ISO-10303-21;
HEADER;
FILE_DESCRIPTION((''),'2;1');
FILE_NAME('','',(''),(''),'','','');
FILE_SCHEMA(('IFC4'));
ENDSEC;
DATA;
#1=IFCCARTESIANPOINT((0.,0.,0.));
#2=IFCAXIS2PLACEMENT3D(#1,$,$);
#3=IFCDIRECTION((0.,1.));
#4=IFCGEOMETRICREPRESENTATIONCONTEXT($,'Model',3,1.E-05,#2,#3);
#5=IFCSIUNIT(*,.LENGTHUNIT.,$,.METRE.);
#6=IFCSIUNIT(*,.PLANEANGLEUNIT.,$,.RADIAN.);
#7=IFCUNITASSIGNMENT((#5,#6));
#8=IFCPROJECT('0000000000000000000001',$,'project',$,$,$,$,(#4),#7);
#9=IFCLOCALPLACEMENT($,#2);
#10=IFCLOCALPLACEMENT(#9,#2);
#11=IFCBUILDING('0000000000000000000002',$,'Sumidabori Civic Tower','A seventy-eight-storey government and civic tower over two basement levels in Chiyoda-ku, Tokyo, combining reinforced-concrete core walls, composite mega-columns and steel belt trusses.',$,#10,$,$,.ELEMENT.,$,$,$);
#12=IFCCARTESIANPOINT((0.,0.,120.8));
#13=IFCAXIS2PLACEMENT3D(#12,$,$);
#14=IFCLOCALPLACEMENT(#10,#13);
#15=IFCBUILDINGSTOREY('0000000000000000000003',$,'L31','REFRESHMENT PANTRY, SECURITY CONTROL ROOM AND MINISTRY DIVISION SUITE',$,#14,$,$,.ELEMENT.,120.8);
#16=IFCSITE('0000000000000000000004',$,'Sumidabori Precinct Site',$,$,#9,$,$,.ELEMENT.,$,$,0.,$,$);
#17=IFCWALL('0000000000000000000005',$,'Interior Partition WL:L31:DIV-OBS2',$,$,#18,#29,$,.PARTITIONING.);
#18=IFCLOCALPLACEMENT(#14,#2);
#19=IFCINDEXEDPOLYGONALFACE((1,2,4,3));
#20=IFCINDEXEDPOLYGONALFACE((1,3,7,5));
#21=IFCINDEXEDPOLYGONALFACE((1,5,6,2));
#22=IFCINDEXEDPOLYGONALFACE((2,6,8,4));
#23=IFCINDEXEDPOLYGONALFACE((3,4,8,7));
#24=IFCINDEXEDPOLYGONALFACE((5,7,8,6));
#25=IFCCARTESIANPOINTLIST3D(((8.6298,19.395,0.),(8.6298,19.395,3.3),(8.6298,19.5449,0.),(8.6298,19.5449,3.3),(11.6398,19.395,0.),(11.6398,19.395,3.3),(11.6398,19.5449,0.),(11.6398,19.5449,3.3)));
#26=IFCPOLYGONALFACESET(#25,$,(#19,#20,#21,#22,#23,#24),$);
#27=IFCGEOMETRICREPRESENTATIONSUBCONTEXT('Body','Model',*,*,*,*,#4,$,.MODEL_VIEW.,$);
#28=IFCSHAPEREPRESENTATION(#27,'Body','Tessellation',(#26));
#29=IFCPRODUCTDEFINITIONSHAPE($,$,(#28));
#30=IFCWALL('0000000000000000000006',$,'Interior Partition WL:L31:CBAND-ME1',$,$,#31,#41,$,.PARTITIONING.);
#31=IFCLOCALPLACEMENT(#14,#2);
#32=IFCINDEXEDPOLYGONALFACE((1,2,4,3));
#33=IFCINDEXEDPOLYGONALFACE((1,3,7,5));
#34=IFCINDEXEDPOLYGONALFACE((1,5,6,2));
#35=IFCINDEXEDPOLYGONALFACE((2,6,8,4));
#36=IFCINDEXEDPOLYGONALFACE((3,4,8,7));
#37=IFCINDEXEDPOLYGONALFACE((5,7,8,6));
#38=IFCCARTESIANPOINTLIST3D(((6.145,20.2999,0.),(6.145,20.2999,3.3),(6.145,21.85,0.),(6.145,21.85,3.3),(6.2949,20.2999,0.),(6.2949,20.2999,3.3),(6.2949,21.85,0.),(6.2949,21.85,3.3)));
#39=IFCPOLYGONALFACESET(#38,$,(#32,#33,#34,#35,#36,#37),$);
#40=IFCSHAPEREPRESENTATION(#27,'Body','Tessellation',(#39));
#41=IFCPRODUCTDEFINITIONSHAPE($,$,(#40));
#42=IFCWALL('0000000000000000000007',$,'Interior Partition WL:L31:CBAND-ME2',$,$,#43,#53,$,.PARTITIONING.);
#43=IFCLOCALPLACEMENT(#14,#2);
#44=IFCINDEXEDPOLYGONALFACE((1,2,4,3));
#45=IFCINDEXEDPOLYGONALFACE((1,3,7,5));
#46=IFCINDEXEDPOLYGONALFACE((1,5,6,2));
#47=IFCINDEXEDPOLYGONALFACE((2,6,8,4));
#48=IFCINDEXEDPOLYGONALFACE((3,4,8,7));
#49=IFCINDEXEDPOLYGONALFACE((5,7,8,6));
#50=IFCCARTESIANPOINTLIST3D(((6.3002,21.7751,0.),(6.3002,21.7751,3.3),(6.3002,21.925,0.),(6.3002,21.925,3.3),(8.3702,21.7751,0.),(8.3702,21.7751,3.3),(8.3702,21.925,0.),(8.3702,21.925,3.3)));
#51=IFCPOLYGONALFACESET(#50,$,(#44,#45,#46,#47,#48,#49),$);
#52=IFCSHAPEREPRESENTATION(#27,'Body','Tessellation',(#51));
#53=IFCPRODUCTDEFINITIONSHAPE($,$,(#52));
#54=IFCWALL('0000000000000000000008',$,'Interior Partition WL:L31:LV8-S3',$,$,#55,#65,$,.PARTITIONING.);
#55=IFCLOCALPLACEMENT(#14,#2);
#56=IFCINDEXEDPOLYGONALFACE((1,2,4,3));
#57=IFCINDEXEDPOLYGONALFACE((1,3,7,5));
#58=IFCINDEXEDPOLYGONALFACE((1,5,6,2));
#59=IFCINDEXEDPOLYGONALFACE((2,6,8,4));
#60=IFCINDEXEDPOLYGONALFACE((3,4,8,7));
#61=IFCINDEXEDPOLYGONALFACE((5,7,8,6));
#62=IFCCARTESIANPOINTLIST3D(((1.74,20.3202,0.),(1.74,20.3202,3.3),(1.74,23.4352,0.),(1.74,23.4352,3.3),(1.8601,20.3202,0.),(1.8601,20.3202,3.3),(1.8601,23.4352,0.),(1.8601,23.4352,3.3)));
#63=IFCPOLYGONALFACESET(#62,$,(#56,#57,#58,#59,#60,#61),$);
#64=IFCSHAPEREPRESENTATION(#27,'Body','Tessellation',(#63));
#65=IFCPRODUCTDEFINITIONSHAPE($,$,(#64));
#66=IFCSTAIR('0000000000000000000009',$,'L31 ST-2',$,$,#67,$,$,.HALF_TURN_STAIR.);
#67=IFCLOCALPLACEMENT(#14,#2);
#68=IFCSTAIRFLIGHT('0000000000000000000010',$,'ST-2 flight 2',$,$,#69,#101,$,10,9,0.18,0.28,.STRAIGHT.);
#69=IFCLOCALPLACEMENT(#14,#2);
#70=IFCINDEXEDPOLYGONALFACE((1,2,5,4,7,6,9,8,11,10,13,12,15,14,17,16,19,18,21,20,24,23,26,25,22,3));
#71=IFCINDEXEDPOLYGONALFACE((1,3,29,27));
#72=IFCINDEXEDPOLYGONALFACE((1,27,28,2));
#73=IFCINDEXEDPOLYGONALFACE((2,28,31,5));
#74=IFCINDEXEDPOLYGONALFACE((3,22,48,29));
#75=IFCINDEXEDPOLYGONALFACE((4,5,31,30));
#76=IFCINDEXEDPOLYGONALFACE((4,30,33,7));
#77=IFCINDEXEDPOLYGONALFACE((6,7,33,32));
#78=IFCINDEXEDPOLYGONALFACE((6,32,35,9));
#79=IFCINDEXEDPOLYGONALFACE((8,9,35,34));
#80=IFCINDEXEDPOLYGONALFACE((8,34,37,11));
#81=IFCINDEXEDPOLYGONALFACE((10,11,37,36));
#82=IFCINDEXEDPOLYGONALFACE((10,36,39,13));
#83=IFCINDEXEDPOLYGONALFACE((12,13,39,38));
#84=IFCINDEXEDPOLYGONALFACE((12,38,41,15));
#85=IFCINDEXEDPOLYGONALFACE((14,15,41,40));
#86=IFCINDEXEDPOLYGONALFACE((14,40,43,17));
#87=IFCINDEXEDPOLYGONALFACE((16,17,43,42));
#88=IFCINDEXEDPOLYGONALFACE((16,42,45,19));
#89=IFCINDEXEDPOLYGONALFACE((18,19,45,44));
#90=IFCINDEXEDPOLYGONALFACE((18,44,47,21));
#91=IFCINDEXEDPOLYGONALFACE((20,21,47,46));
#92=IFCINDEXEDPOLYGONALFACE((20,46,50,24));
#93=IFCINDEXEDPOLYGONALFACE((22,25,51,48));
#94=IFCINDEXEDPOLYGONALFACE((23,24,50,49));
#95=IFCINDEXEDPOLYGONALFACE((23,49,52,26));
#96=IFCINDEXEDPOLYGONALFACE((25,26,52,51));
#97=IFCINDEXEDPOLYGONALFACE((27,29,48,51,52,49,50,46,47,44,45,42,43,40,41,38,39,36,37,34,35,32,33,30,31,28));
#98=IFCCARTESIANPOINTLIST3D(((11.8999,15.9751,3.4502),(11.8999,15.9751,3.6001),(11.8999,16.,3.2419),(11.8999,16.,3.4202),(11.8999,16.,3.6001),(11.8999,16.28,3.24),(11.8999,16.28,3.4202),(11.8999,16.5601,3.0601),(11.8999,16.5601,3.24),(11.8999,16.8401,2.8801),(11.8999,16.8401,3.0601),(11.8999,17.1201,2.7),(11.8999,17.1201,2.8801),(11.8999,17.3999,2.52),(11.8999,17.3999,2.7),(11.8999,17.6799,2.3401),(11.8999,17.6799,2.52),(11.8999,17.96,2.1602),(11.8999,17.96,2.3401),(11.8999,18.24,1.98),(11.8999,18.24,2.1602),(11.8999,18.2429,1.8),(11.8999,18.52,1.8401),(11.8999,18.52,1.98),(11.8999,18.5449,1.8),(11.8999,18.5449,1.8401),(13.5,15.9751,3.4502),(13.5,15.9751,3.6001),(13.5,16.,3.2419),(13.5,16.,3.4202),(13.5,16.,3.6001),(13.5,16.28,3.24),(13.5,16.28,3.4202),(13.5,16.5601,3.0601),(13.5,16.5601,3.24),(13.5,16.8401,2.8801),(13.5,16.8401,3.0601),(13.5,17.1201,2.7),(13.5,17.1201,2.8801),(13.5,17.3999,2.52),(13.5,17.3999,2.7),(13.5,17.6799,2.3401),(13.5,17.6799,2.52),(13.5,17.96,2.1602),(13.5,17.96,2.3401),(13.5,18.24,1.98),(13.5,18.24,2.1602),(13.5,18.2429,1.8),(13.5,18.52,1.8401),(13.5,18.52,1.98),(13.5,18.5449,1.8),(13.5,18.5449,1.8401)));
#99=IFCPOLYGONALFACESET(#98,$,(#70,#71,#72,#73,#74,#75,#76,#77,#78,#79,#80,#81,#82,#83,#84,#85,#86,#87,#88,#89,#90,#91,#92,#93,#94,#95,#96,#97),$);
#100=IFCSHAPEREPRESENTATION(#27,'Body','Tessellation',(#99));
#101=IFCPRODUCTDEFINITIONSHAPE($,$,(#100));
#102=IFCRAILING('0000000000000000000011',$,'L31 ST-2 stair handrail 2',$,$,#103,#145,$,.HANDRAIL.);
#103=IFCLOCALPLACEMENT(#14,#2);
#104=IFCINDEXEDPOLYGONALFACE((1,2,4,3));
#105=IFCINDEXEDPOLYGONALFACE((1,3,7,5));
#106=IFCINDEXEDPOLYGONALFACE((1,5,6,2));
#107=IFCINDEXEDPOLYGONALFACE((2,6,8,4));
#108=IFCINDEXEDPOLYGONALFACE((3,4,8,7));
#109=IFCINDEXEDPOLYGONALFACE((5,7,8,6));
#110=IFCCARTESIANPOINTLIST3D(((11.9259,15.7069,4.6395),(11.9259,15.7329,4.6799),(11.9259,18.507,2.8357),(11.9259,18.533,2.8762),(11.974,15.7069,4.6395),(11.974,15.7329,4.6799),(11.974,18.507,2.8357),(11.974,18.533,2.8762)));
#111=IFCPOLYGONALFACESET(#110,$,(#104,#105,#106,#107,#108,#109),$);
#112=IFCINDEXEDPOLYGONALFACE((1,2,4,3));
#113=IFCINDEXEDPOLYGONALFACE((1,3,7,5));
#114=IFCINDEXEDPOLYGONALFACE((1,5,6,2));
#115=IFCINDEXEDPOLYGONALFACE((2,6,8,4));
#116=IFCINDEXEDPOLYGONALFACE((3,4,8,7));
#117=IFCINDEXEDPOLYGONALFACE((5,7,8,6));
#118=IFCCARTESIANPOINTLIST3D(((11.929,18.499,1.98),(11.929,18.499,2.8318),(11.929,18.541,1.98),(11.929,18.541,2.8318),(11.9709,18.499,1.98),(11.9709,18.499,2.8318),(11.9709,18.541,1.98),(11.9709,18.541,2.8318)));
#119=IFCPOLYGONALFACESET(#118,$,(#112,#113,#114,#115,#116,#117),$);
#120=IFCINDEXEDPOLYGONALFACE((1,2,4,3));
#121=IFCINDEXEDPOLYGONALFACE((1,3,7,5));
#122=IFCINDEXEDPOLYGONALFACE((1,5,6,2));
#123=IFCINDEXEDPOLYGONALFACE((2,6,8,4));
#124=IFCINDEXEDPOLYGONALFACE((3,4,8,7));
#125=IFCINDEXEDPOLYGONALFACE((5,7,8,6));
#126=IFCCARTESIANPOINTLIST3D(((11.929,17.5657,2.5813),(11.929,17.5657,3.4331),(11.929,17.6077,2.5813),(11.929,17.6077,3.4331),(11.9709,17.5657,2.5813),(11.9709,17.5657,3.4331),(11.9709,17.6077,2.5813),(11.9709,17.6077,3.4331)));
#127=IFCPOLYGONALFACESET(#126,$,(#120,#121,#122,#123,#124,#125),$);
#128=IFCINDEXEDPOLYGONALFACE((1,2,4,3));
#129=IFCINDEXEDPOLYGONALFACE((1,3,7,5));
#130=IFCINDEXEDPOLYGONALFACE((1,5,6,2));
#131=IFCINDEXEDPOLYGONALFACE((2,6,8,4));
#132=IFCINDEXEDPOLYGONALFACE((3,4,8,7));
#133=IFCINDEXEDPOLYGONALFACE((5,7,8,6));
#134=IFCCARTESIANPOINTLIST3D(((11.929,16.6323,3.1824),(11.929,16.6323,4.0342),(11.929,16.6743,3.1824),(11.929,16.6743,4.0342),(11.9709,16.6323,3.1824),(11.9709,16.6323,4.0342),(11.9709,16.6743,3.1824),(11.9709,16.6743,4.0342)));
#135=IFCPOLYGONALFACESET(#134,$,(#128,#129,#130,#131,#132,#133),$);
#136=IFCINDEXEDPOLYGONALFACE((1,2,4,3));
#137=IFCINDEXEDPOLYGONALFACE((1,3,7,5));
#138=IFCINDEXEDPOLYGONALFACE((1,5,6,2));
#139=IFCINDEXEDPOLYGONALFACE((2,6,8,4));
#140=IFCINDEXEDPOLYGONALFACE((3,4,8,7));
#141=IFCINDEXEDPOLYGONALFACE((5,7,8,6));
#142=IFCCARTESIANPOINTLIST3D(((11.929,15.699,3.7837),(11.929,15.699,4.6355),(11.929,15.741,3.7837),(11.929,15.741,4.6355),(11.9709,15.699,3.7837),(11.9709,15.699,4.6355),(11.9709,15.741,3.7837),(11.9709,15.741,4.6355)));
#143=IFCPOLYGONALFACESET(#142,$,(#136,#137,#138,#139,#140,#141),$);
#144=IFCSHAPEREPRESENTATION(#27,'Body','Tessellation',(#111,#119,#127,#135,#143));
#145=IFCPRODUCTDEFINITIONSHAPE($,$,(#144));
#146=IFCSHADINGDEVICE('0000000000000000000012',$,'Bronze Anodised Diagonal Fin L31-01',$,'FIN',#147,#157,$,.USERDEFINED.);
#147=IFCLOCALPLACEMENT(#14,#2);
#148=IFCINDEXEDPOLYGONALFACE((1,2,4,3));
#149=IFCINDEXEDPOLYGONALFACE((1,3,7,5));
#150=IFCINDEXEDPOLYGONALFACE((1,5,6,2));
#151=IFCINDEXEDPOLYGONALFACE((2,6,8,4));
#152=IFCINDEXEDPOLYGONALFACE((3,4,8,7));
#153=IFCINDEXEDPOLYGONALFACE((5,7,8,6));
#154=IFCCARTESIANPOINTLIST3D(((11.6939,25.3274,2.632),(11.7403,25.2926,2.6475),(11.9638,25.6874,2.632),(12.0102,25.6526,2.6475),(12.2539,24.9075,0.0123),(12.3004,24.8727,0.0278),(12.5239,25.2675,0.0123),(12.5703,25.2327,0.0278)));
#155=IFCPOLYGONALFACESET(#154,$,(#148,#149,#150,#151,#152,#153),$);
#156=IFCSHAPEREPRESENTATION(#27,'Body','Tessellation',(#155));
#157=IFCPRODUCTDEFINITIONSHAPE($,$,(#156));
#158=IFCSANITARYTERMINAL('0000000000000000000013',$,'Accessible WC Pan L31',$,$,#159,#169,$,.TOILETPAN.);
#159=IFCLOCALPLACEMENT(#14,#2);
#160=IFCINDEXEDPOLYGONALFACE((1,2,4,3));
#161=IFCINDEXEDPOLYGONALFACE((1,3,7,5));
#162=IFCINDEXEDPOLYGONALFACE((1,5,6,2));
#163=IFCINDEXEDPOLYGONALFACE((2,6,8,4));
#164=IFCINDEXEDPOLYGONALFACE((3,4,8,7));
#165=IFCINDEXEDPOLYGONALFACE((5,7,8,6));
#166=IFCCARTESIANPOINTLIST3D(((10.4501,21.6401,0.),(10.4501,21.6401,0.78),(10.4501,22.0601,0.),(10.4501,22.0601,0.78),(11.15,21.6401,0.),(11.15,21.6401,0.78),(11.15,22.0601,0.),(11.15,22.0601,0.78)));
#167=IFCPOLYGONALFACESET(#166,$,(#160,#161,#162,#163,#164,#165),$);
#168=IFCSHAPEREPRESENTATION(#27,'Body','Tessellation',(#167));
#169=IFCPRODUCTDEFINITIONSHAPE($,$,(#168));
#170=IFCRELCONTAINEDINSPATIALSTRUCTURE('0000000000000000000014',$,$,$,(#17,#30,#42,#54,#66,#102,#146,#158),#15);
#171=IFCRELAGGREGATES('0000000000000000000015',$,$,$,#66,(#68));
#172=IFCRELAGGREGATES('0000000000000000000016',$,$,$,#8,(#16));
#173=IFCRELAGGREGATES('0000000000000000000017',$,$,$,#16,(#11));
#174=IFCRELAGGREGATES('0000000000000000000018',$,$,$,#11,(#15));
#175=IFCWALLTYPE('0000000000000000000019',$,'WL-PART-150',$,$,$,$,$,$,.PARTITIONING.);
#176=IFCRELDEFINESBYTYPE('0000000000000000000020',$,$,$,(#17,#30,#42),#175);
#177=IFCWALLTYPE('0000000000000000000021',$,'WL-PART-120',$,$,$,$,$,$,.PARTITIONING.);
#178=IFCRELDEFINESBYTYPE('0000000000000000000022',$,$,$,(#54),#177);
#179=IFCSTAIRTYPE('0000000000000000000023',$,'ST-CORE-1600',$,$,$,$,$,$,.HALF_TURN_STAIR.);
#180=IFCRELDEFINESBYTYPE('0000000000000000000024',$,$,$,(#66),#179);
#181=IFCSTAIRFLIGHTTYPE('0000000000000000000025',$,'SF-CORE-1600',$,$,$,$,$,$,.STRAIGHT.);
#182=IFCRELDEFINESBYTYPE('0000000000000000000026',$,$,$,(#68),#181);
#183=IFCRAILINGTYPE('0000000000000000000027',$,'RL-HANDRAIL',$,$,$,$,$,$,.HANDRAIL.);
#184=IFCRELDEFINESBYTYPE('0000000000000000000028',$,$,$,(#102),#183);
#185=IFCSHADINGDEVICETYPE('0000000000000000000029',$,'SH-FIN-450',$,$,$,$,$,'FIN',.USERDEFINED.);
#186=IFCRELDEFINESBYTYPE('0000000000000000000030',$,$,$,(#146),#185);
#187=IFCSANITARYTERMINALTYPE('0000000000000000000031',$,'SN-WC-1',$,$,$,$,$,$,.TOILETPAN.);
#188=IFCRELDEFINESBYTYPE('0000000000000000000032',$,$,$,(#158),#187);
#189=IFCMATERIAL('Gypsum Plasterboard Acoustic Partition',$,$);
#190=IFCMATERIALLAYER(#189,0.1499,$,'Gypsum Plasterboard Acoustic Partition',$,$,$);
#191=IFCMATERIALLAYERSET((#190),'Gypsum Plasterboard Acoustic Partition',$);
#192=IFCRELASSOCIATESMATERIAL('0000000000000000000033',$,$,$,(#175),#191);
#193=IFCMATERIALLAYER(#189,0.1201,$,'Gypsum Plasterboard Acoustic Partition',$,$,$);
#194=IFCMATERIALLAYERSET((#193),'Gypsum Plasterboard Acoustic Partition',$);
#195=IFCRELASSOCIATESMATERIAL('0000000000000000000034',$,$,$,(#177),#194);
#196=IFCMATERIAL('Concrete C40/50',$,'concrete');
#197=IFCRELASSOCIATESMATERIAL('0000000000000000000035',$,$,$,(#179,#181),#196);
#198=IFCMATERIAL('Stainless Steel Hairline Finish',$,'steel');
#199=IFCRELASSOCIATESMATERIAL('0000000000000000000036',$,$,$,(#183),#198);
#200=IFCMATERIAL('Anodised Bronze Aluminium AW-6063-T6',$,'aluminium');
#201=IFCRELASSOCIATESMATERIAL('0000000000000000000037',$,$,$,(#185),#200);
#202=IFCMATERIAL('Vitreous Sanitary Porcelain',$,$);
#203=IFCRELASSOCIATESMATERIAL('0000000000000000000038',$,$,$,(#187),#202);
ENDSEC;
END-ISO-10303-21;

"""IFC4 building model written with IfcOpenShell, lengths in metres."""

from ifc_helpers import new_model, si_unit, direction, frame, frame_2d, origin, origin_2d, place, context, subcontext, project, spatial, polyline, rectangle, outline, extrude, source, transform, mapped, material, layer, layer_set, material_profile, profile_set, type_object, element, aggregate, save


model = new_model("IFC4")

# Units and contexts
model_context = context("Model", 3, precision=1e-05, world=origin(), true_north=direction((0.0, 1.0)))
body_context = subcontext(model_context, "Body", "Model", "MODEL_VIEW")
ifc_project = project(units=[si_unit("LENGTHUNIT", "METRE"), si_unit("PLANEANGLEUNIT", "RADIAN")], contexts=[model_context])

# Site, building, storey
site_placement = place(None, origin())
site = spatial("IfcSite", under=ifc_project, at=site_placement, Name="Sumidabori Precinct Site", CompositionType="ELEMENT", RefElevation=0.0)
building_placement = place(site_placement, origin())
building = spatial("IfcBuilding", under=site, at=building_placement, Name="Sumidabori Civic Tower", Description="A seventy-eight-storey government and civic tower over two basement levels in Chiyoda-ku, Tokyo, combining reinforced-concrete core walls, composite mega-columns and steel belt trusses.", CompositionType="ELEMENT")
storey_placement = place(building_placement, frame((0.0, 0.0, 120.8)))
storey = spatial("IfcBuildingStorey", under=building, at=storey_placement, Name="L31", Description="REFRESHMENT PANTRY, SECURITY CONTROL ROOM AND MINISTRY DIVISION SUITE", CompositionType="ELEMENT", Elevation=120.8)

# Shared definitions
ifc_material_1 = material(Name="Anodised Bronze Aluminium AW-6063-T6", Category="aluminium")

# Walls
ifc_material_2 = material(Name="Gypsum Plasterboard Acoustic Partition")
ifc_layer_1 = layer(ifc_material_2, 0.1499, Name="Gypsum Plasterboard Acoustic Partition")
ifc_layer_set_1 = layer_set([ifc_layer_1], Name="Gypsum Plasterboard Acoustic Partition")
wall_type_1 = type_object("IfcWallType", Name="WL-PART-150", PredefinedType="PARTITIONING", material=ifc_layer_set_1)
shared_shape_1 = source(origin(), body_context, "Body", "SweptSolid", [
    extrude(rectangle(XDim=3.01, YDim=0.1499, at=frame_2d((1.5049, 0.0))), origin(), (0.0, 0.0, 1.0), 3.3),
])
wall_1_placement = place(storey_placement, frame((8.6299, 19.47, 0.0), z_axis=(0.0, 0.0, 1.0), x_axis=(1.0, 0.0, 0.0)))
element("IfcWall", 1, at=wall_1_placement, inside=storey, type_object=wall_type_1, Name="Interior Partition WL:L31:DIV-OBS2", PredefinedType="PARTITIONING", context=body_context, shape_type="MappedRepresentation", body=[
    mapped(shared_shape_1, transform((0.0, 0.0, 0.0), x_axis=(1.0, 0.0, 0.0), y_axis=(0.0, 1.0, 0.0), z_axis=(0.0, 0.0, 1.0), scale=1.0)),
])
shared_shape_2 = source(origin(), body_context, "Body", "SweptSolid", [
    extrude(rectangle(XDim=1.55, YDim=0.1499, at=frame_2d((0.7749, 0.0))), origin(), (0.0, 0.0, 1.0), 3.3),
])
wall_2_placement = place(storey_placement, frame((6.22, 20.3, 0.0), z_axis=(0.0, 0.0, 1.0), x_axis=(0.0, 1.0, 0.0)))
element("IfcWall", 2, at=wall_2_placement, inside=storey, type_object=wall_type_1, Name="Interior Partition WL:L31:CBAND-ME1", PredefinedType="PARTITIONING", context=body_context, shape_type="MappedRepresentation", body=[
    mapped(shared_shape_2, transform((0.0, 0.0, 0.0), x_axis=(1.0, 0.0, 0.0), y_axis=(0.0, 1.0, 0.0), z_axis=(0.0, 0.0, 1.0), scale=1.0)),
])
shared_shape_3 = source(origin(), body_context, "Body", "SweptSolid", [
    extrude(rectangle(XDim=2.0701, YDim=0.1499, at=frame_2d((1.0352, 0.0))), origin(), (0.0, 0.0, 1.0), 3.3),
])
wall_3_placement = place(storey_placement, frame((6.3, 21.8501, 0.0), z_axis=(0.0, 0.0, 1.0), x_axis=(1.0, 0.0, 0.0)))
element("IfcWall", 3, at=wall_3_placement, inside=storey, type_object=wall_type_1, Name="Interior Partition WL:L31:CBAND-ME2", PredefinedType="PARTITIONING", context=body_context, shape_type="MappedRepresentation", body=[
    mapped(shared_shape_3, transform((0.0, 0.0, 0.0), x_axis=(1.0, 0.0, 0.0), y_axis=(0.0, 1.0, 0.0), z_axis=(0.0, 0.0, 1.0), scale=1.0)),
])
ifc_layer_2 = layer(ifc_material_2, 0.1201, Name="Gypsum Plasterboard Acoustic Partition")
ifc_layer_set_2 = layer_set([ifc_layer_2], Name="Gypsum Plasterboard Acoustic Partition")
wall_type_2 = type_object("IfcWallType", Name="WL-PART-120", PredefinedType="PARTITIONING", material=ifc_layer_set_2)
shared_shape_4 = source(origin(), body_context, "Body", "SweptSolid", [
    extrude(rectangle(XDim=3.115, YDim=0.1201, at=frame_2d((1.5576, 0.0))), origin(), (0.0, 0.0, 1.0), 3.3),
])
wall_4_placement = place(storey_placement, frame((1.8, 20.3201, 0.0), z_axis=(0.0, 0.0, 1.0), x_axis=(0.0, 1.0, 0.0)))
element("IfcWall", 4, at=wall_4_placement, inside=storey, type_object=wall_type_2, Name="Interior Partition WL:L31:LV8-S3", PredefinedType="PARTITIONING", context=body_context, shape_type="MappedRepresentation", body=[
    mapped(shared_shape_4, transform((0.0, 0.0, 0.0), x_axis=(1.0, 0.0, 0.0), y_axis=(0.0, 1.0, 0.0), z_axis=(0.0, 0.0, 1.0), scale=1.0)),
])

# Stair, stair flight
ifc_material_3 = material(Name="Concrete C40/50", Category="concrete")
stair_type = type_object("IfcStairType", Name="ST-CORE-1600", PredefinedType="HALF_TURN_STAIR", material=ifc_material_3)
stair_placement = place(storey_placement, origin())
stair = element("IfcStair", 5, at=stair_placement, inside=storey, type_object=stair_type, Name="L31 ST-2", PredefinedType="HALF_TURN_STAIR")
stair_flight_type = type_object("IfcStairFlightType", Name="SF-CORE-1600", PredefinedType="STRAIGHT", material=ifc_material_3)
shared_shape_5 = source(origin(), body_context, "Body", "SweptSolid", [
    extrude(outline(polyline([(-0.0249, 0.0), (-0.0249, 0.04), (0.0, 0.04), (0.0, 0.1799), (0.28, 0.1799), (0.28, 0.3601), (0.5601, 0.3601), (0.5601, 0.54), (0.8401, 0.54), (0.8401, 0.72), (1.1201, 0.72), (1.1201, 0.8999), (1.3999, 0.8999), (1.3999, 1.0801), (1.6799, 1.0801), (1.6799, 1.26), (1.96, 1.26), (1.96, 1.4399), (2.24, 1.4399), (2.24, 1.6201), (2.52, 1.6201), (2.52, 1.8), (2.5449, 1.8), (2.5449, 1.6501), (2.52, 1.4419), (0.2771, 0.0), (-0.0249, 0.0)])), frame((0.0, 0.8, 0.0), z_axis=(0.0, -1.0, 0.0), x_axis=(1.0, 0.0, 0.0)), (0.0, 0.0, 1.0), 1.6001),
])
stair_flight_placement = place(storey_placement, frame((12.7, 18.52, 1.8), z_axis=(0.0, 0.0, 1.0), x_axis=(0.0, -1.0, 0.0)))
stair_flight = element("IfcStairFlight", 6, at=stair_flight_placement, type_object=stair_flight_type, Name="ST-2 flight 2", NumberOfRisers=10, NumberOfTreads=9, PredefinedType="STRAIGHT", RiserHeight=0.18, TreadLength=0.28, context=body_context, shape_type="MappedRepresentation", body=[
    mapped(shared_shape_5, transform((0.0, 0.0, 0.0), x_axis=(1.0, 0.0, 0.0), y_axis=(0.0, 1.0, 0.0), z_axis=(0.0, 0.0, 1.0), scale=1.0)),
])
aggregate(stair, [stair_flight])

# Railing
ifc_material_4 = material(Name="Stainless Steel Hairline Finish", Category="steel")
railing_type = type_object("IfcRailingType", Name="RL-HANDRAIL", PredefinedType="HANDRAIL", material=ifc_material_4)
railing_placement = place(storey_placement, frame((11.95, 18.52, 1.98)))
element("IfcRailing", 7, at=railing_placement, inside=storey, type_object=railing_type, Name="L31 ST-2 stair handrail 2", PredefinedType="HANDRAIL", context=body_context, shape_type="SweptSolid", body=[
    extrude(rectangle(XDim=0.0481, YDim=0.0481, at=origin_2d()), frame((0.0, 0.0, 0.876), z_axis=(0.0, -0.840676, 0.541539), x_axis=(1.0, 0.0, 0.0)), (0.0, 0.0, 1.0), 3.3308),
    extrude(rectangle(XDim=0.042, YDim=0.042, at=origin_2d()), origin(), (0.0, 0.0, 1.0), 0.8518),
    extrude(rectangle(XDim=0.042, YDim=0.042, at=origin_2d()), frame((0.0, -0.9333, 0.6013)), (0.0, 0.0, 1.0), 0.8518),
    extrude(rectangle(XDim=0.042, YDim=0.042, at=origin_2d()), frame((0.0, -1.8667, 1.2024)), (0.0, 0.0, 1.0), 0.8518),
    extrude(rectangle(XDim=0.042, YDim=0.042, at=origin_2d()), frame((0.0, -2.8, 1.8037)), (0.0, 0.0, 1.0), 0.8518),
])

# Shading device
ifc_material_profile_1 = material_profile(ifc_material_1, rectangle(XDim=0.0601, YDim=0.45, at=origin_2d()), Name="BRONZE FIN 450x60")
ifc_profile_set_1 = profile_set([ifc_material_profile_1], Name="Anodised Bronze Aluminium AW-6063-T6")
shading_device_type = type_object("IfcShadingDeviceType", Name="SH-FIN-450", ElementType="FIN", PredefinedType="USERDEFINED", material=ifc_profile_set_1)
shared_shape_6 = source(origin(), body_context, "Body", "SweptSolid", [
    extrude(rectangle(XDim=0.0601, YDim=0.45, at=origin_2d()), origin(), (0.0, 0.0, 1.0), 2.7117),
])
shading_device_placement = place(storey_placement, frame((12.4121, 25.0701, 0.02), z_axis=(-0.206528, 0.154851, 0.966109), x_axis=(0.772968, -0.579558, 0.258133)))
element("IfcShadingDevice", 8, at=shading_device_placement, inside=storey, type_object=shading_device_type, Name="Bronze Anodised Diagonal Fin L31-01", ObjectType="FIN", PredefinedType="USERDEFINED", context=body_context, shape_type="MappedRepresentation", body=[
    mapped(shared_shape_6, transform((0.0, 0.0, 0.0), x_axis=(1.0, 0.0, 0.0), y_axis=(0.0, 1.0, 0.0), z_axis=(0.0, 0.0, 1.0), scale=1.0)),
])

# Sanitary terminal
ifc_material_5 = material(Name="Vitreous Sanitary Porcelain")
sanitary_terminal_type_1 = type_object("IfcSanitaryTerminalType", Name="SN-WC-1", PredefinedType="TOILETPAN", material=ifc_material_5)
shared_shape_7 = source(origin(), body_context, "Body", "SweptSolid", [
    extrude(rectangle(XDim=0.7, YDim=0.4199, at=origin_2d()), origin(), (0.0, 0.0, 1.0), 0.78),
])
sanitary_terminal_1_placement = place(storey_placement, frame((10.8, 21.8501, 0.0), z_axis=(0.0, 0.0, 1.0), x_axis=(1.0, 0.0, 0.0)))
element("IfcSanitaryTerminal", 9, at=sanitary_terminal_1_placement, inside=storey, type_object=sanitary_terminal_type_1, Name="Accessible WC Pan L31", PredefinedType="TOILETPAN", context=body_context, shape_type="MappedRepresentation", body=[
    mapped(shared_shape_7, transform((0.0, 0.0, 0.0), x_axis=(1.0, 0.0, 0.0), y_axis=(0.0, 1.0, 0.0), z_axis=(0.0, 0.0, 1.0), scale=1.0)),
])

save(model, "model.ifc")
